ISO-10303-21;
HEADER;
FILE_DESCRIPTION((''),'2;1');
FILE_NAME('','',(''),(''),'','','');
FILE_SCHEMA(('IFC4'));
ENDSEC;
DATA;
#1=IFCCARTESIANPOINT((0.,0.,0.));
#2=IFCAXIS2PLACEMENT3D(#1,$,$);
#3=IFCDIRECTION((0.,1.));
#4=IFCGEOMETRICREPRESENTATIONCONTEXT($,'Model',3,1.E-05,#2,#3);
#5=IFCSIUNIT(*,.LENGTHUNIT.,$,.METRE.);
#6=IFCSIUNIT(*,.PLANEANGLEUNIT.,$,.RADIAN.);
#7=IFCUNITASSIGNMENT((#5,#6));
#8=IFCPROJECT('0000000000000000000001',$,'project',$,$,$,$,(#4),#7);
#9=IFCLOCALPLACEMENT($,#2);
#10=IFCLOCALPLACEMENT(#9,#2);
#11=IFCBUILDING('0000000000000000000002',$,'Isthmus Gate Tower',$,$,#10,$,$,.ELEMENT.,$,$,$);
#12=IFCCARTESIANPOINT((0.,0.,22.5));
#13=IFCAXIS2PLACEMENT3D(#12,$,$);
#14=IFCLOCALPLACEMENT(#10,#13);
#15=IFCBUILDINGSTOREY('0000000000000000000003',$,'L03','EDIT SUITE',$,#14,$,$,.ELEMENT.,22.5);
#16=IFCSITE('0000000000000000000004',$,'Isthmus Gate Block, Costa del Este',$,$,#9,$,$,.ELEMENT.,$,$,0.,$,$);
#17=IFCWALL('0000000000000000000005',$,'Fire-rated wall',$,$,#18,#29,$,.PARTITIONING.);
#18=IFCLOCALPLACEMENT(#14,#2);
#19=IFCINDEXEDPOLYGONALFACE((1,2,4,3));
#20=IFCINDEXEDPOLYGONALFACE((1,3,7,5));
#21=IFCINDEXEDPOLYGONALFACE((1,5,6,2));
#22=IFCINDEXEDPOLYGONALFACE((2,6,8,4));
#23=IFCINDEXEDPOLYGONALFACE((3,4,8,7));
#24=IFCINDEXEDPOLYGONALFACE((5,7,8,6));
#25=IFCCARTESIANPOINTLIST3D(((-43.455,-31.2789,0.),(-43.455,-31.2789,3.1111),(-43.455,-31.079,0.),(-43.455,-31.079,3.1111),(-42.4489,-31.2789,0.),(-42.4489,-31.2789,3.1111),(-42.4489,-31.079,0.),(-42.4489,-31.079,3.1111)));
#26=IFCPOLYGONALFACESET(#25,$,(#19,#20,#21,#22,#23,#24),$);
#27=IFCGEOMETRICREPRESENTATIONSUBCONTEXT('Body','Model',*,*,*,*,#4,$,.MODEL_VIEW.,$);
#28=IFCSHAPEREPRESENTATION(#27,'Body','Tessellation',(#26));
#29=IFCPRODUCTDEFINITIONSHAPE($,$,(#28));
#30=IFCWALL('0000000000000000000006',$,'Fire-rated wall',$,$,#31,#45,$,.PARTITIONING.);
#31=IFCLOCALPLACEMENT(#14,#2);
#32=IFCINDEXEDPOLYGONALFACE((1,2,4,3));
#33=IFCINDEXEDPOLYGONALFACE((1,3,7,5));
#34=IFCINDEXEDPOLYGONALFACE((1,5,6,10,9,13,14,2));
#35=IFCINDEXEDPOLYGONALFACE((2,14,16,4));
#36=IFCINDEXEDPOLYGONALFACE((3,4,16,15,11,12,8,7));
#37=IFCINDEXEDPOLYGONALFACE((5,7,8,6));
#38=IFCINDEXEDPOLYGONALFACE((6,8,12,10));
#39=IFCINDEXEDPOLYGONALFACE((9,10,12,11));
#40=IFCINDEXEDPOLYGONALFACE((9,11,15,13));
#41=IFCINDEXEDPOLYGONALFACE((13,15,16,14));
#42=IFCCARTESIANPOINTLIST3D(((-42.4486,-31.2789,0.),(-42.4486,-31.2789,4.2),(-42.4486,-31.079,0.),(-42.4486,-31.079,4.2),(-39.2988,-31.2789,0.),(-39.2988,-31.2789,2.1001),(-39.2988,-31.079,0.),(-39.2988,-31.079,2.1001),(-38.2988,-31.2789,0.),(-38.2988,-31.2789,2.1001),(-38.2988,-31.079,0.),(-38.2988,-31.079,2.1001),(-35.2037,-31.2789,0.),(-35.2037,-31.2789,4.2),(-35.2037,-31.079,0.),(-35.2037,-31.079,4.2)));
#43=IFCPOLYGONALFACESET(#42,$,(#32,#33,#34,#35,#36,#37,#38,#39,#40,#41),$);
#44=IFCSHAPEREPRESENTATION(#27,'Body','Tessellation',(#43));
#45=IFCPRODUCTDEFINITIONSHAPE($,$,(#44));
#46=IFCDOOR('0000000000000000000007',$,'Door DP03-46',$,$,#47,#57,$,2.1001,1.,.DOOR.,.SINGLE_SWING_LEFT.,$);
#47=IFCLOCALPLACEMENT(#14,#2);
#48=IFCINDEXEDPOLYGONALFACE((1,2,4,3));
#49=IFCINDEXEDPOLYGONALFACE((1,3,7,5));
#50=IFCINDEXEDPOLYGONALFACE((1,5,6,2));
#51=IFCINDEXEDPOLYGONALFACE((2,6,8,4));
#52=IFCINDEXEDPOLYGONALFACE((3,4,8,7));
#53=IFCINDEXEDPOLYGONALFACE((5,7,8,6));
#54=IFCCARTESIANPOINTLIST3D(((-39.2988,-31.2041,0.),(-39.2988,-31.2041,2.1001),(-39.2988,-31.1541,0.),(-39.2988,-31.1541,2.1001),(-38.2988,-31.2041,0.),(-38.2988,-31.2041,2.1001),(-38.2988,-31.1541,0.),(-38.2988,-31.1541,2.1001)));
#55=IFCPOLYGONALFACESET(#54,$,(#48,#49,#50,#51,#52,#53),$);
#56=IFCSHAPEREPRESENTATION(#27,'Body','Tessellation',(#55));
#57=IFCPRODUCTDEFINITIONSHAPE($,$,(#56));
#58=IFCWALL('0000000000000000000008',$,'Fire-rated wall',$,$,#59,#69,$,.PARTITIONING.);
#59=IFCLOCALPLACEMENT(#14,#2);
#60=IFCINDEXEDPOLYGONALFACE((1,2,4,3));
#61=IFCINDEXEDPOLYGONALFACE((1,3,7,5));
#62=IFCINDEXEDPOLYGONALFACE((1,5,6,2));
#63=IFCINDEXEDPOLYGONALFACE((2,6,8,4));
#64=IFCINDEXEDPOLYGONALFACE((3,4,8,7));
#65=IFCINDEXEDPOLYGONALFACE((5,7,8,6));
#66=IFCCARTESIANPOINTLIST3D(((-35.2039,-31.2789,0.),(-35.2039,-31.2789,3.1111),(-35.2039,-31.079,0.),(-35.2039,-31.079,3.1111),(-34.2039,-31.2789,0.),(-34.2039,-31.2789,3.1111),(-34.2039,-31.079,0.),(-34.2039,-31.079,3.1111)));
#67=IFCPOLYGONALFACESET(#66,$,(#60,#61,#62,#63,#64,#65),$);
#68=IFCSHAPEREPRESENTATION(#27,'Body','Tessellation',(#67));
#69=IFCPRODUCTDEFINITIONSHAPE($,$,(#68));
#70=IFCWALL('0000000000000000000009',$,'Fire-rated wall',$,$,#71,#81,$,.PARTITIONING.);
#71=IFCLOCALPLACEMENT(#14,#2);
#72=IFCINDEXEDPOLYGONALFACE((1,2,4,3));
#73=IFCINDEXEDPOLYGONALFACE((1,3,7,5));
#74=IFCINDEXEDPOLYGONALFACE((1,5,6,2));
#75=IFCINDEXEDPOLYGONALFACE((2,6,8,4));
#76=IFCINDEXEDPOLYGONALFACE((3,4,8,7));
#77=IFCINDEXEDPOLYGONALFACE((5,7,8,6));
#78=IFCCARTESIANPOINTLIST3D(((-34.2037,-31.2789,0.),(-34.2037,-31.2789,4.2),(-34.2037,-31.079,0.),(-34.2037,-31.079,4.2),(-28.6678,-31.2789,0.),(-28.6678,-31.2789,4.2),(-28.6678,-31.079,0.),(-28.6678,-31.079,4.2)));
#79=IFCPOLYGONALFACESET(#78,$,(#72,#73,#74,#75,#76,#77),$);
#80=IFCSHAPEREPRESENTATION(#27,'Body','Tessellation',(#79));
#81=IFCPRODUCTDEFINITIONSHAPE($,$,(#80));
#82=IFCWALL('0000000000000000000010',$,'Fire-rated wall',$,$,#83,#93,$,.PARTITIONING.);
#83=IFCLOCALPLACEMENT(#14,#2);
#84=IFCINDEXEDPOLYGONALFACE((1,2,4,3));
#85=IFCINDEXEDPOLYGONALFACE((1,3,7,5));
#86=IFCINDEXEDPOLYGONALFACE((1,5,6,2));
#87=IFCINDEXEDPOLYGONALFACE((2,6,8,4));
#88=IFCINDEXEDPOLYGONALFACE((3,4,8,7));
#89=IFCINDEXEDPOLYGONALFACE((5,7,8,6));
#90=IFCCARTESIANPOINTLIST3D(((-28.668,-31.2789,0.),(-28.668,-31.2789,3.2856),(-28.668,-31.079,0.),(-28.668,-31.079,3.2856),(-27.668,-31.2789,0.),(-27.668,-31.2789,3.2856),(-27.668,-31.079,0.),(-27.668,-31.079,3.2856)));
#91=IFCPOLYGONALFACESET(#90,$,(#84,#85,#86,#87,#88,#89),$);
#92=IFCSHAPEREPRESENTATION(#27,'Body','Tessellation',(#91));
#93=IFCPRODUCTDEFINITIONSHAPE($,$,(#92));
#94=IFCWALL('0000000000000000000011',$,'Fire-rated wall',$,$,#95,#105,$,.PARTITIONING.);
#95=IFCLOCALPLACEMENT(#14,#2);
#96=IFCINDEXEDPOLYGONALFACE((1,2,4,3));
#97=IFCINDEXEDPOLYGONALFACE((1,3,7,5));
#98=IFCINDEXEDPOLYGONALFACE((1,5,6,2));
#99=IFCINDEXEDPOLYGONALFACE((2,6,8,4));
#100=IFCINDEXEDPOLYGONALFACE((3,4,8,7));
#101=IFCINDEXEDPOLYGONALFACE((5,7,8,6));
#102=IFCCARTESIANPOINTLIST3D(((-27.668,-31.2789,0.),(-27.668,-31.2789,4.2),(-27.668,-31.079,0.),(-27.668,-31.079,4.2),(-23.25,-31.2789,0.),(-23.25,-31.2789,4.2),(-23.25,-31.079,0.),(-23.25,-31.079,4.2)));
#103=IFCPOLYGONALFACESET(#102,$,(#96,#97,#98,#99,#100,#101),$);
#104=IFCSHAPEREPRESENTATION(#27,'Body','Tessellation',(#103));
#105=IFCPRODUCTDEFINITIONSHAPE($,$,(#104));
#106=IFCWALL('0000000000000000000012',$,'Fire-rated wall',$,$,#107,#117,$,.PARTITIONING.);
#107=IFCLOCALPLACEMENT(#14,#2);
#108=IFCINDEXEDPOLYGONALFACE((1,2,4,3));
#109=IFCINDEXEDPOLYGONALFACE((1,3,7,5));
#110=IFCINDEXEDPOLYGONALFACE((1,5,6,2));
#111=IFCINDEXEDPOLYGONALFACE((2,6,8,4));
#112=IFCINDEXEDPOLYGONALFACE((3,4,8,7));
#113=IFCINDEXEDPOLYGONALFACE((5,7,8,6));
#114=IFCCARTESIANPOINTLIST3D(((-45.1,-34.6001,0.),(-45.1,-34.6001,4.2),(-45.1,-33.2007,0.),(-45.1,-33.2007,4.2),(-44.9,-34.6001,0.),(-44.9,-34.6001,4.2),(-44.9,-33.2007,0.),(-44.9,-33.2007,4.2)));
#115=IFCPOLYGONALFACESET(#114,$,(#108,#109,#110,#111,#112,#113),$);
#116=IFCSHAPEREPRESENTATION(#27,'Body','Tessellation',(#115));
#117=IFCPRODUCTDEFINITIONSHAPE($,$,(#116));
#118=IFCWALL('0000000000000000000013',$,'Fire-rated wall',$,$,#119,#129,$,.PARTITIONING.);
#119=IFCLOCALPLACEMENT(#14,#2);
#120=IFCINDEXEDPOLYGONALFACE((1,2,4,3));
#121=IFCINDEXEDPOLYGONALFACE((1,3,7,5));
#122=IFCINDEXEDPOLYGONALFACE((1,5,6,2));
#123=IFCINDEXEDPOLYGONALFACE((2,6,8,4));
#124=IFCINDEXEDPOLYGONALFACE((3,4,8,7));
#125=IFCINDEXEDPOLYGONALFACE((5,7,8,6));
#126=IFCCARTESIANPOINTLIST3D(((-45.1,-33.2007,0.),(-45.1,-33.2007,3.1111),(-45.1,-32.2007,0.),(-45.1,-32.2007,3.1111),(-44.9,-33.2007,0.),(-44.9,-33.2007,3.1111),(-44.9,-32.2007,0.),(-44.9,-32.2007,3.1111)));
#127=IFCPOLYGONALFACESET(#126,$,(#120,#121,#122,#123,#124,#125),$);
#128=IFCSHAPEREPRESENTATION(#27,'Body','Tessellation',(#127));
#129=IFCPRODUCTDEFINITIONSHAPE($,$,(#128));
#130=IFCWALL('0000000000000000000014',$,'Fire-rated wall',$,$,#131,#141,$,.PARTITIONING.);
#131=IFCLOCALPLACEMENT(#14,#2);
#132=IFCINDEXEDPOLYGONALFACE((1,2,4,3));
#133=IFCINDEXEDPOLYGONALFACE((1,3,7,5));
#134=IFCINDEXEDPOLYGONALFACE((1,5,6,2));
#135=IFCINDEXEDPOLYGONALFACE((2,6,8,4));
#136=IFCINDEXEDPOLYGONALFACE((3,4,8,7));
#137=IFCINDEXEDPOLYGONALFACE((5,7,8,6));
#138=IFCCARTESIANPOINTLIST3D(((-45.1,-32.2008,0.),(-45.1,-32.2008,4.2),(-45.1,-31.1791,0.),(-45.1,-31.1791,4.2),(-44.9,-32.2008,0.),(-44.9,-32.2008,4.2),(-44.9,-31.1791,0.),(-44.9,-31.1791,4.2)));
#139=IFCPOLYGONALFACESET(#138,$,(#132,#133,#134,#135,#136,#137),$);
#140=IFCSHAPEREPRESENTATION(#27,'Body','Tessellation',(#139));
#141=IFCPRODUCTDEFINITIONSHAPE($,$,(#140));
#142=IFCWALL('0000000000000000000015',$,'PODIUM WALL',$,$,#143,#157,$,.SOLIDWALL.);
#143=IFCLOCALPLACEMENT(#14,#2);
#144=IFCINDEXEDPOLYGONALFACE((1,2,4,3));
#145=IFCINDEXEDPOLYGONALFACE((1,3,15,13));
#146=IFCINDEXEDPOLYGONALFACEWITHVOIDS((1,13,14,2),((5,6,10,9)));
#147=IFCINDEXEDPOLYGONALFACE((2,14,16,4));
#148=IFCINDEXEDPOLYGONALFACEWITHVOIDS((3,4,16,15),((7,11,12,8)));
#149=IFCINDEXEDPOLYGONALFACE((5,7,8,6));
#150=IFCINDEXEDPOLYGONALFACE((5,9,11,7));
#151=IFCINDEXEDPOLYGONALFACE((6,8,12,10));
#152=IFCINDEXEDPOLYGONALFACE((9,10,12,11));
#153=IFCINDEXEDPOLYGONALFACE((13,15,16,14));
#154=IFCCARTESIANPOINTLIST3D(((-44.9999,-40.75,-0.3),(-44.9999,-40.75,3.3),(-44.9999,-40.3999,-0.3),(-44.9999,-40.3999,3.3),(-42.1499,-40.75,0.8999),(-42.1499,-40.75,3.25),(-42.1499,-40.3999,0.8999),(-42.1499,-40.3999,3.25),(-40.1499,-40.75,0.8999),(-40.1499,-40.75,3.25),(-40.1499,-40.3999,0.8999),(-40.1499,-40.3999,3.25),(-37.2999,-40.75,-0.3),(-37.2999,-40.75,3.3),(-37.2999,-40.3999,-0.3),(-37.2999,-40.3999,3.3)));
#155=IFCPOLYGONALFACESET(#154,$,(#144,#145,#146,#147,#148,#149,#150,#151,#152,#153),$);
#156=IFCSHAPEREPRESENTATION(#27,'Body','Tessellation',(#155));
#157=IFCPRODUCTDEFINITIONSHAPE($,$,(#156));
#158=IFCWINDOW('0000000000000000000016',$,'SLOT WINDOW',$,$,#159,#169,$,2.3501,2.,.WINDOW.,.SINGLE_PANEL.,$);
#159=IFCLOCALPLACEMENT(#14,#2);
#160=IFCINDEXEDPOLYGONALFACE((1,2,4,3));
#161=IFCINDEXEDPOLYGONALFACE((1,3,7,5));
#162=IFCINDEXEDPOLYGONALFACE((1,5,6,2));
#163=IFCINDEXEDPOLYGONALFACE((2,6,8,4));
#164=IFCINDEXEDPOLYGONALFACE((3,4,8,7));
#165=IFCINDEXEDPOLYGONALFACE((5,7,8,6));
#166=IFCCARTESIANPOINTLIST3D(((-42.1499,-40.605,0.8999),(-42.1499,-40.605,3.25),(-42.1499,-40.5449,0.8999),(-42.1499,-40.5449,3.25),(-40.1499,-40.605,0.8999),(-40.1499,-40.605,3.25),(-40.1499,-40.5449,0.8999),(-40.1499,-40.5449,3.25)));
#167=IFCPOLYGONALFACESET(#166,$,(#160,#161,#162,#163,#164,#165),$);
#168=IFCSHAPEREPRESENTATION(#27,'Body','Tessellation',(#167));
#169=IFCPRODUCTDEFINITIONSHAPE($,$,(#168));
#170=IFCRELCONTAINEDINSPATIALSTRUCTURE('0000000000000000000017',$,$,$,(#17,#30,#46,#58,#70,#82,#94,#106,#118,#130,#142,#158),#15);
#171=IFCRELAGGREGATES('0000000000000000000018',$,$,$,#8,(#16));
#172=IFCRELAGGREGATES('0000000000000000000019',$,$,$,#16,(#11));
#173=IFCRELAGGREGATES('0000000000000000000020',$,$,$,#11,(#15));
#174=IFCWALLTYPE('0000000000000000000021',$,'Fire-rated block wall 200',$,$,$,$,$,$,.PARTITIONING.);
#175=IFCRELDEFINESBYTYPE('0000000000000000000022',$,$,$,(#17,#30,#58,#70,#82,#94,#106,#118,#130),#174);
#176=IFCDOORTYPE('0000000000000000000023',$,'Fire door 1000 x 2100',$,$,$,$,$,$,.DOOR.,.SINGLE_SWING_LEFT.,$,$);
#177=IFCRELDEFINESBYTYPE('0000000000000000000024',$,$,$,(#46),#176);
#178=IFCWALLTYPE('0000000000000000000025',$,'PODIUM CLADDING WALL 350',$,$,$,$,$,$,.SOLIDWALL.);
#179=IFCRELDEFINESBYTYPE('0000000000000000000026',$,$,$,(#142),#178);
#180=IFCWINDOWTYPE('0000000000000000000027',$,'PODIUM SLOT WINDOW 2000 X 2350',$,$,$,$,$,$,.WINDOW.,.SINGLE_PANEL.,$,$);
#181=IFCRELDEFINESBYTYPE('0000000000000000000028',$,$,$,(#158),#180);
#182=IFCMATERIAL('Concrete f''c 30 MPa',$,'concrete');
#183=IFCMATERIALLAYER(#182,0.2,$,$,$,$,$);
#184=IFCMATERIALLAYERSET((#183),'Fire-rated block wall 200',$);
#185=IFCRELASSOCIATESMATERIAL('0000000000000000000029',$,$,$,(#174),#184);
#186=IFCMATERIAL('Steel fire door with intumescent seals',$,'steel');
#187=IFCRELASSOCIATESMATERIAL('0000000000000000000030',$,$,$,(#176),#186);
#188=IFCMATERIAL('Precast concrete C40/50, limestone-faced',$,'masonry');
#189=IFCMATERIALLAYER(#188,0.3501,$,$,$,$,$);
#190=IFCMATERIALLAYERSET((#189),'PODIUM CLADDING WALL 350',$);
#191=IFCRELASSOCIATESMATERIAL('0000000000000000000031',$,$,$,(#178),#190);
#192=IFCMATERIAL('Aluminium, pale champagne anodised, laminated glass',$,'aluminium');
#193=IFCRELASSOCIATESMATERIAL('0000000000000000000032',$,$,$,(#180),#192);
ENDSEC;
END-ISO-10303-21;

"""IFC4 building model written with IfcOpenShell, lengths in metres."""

from ifc_helpers import new_model, si_unit, direction, frame, frame_2d, origin, place, context, subcontext, project, spatial, rectangle, extrude, material, layer, layer_set, type_object, element, fill, save


model = new_model("IFC4")

# Units and contexts
model_context = context("Model", 3, precision=1e-05, world=origin(), true_north=direction((0.0, 1.0)))
body_context = subcontext(model_context, "Body", "Model", "MODEL_VIEW")
ifc_project = project(units=[si_unit("LENGTHUNIT", "METRE"), si_unit("PLANEANGLEUNIT", "RADIAN")], contexts=[model_context])

# Site, building, storey
site_placement = place(None, origin())
site = spatial("IfcSite", under=ifc_project, at=site_placement, Name="Isthmus Gate Block, Costa del Este", CompositionType="ELEMENT", RefElevation=0.0)
building_placement = place(site_placement, origin())
building = spatial("IfcBuilding", under=site, at=building_placement, Name="Isthmus Gate Tower", CompositionType="ELEMENT")
storey_placement = place(building_placement, frame((0.0, 0.0, 22.5)))
storey = spatial("IfcBuildingStorey", under=building, at=storey_placement, Name="L03", Description="EDIT SUITE", CompositionType="ELEMENT", Elevation=22.5)

# Wall
ifc_material_1 = material(Name="Concrete f'c 30 MPa", Category="concrete")
ifc_layer_1 = layer(ifc_material_1, 0.2)
ifc_layer_set_1 = layer_set([ifc_layer_1], Name="Fire-rated block wall 200")
wall_type_1 = type_object("IfcWallType", Name="Fire-rated block wall 200", PredefinedType="PARTITIONING", material=ifc_layer_set_1)
wall_1_placement = place(storey_placement, frame((-43.4548, -31.179, 0.0), z_axis=(0.0, 0.0, 1.0), x_axis=(1.0, 0.0, 0.0)))
element("IfcWall", 1, at=wall_1_placement, inside=storey, type_object=wall_type_1, Name="Fire-rated wall", PredefinedType="PARTITIONING", context=body_context, shape_type="SweptSolid", body=[
    extrude(rectangle(XDim=1.0061, YDim=0.2, at=frame_2d((0.5029, 0.0))), origin(), (0.0, 0.0, 1.0), 3.1111),
])

# Wall, opening, door
wall_2_placement = place(storey_placement, frame((-42.4487, -31.179, 0.0), z_axis=(0.0, 0.0, 1.0), x_axis=(1.0, 0.0, 0.0)))
wall_2 = element("IfcWall", 2, at=wall_2_placement, inside=storey, type_object=wall_type_1, Name="Fire-rated wall", PredefinedType="PARTITIONING", context=body_context, shape_type="SweptSolid", body=[
    extrude(rectangle(XDim=7.2449, YDim=0.2, at=frame_2d((3.6226, 0.0))), origin(), (0.0, 0.0, 1.0), 4.2),
])
opening_1_placement = place(wall_2_placement, frame((3.1499, 0.0, 0.0)))
opening_1 = element("IfcOpeningElement", 3, at=opening_1_placement, cuts=wall_2, PredefinedType="OPENING", context=body_context, shape_type="SweptSolid", body=[
    extrude(rectangle(XDim=1.0, YDim=2.1001, at=frame_2d((0.5, 1.05))), frame((0.0, 0.1099, 0.0), z_axis=(0.0, -1.0, 0.0), x_axis=(1.0, 0.0, 0.0)), (0.0, 0.0, 1.0), 0.22),
])
ifc_material_2 = material(Name="Steel fire door with intumescent seals", Category="steel")
door_type_1 = type_object("IfcDoorType", Name="Fire door 1000 x 2100", OperationType="SINGLE_SWING_LEFT", PredefinedType="DOOR", material=ifc_material_2)
door_1_placement = place(opening_1_placement, origin())
door_1 = element("IfcDoor", 4, at=door_1_placement, inside=storey, type_object=door_type_1, Name="Door DP03-46", OperationType="SINGLE_SWING_LEFT", OverallHeight=2.1001, OverallWidth=1.0, PredefinedType="DOOR", context=body_context, shape_type="SweptSolid", body=[
    extrude(rectangle(XDim=1.0, YDim=2.1001, at=frame_2d((0.5, 1.05))), frame((0.0, 0.0249, 0.0), z_axis=(0.0, -1.0, 0.0), x_axis=(1.0, 0.0, 0.0)), (0.0, 0.0, 1.0), 0.05),
])
fill(opening_1, door_1)

# Walls
wall_3_placement = place(storey_placement, frame((-35.2039, -31.179, 0.0), z_axis=(0.0, 0.0, 1.0), x_axis=(1.0, 0.0, 0.0)))
element("IfcWall", 5, at=wall_3_placement, inside=storey, type_object=wall_type_1, Name="Fire-rated wall", PredefinedType="PARTITIONING", context=body_context, shape_type="SweptSolid", body=[
    extrude(rectangle(XDim=1.0, YDim=0.2, at=frame_2d((0.5, 0.0))), origin(), (0.0, 0.0, 1.0), 3.1111),
])
wall_4_placement = place(storey_placement, frame((-34.2039, -31.179, 0.0), z_axis=(0.0, 0.0, 1.0), x_axis=(1.0, 0.0, 0.0)))
element("IfcWall", 6, at=wall_4_placement, inside=storey, type_object=wall_type_1, Name="Fire-rated wall", PredefinedType="PARTITIONING", context=body_context, shape_type="SweptSolid", body=[
    extrude(rectangle(XDim=5.5359, YDim=0.2, at=frame_2d((2.7681, 0.0))), origin(), (0.0, 0.0, 1.0), 4.2),
])
wall_5_placement = place(storey_placement, frame((-28.668, -31.179, 0.0), z_axis=(0.0, 0.0, 1.0), x_axis=(1.0, 0.0, 0.0)))
element("IfcWall", 7, at=wall_5_placement, inside=storey, type_object=wall_type_1, Name="Fire-rated wall", PredefinedType="PARTITIONING", context=body_context, shape_type="SweptSolid", body=[
    extrude(rectangle(XDim=1.0, YDim=0.2, at=frame_2d((0.5, 0.0))), origin(), (0.0, 0.0, 1.0), 3.2856),
])
wall_6_placement = place(storey_placement, frame((-27.668, -31.179, 0.0), z_axis=(0.0, 0.0, 1.0), x_axis=(1.0, 0.0, 0.0)))
element("IfcWall", 8, at=wall_6_placement, inside=storey, type_object=wall_type_1, Name="Fire-rated wall", PredefinedType="PARTITIONING", context=body_context, shape_type="SweptSolid", body=[
    extrude(rectangle(XDim=4.418, YDim=0.2, at=frame_2d((2.209, 0.0))), origin(), (0.0, 0.0, 1.0), 4.2),
])
wall_7_placement = place(storey_placement, frame((-45.0, -34.6001, 0.0), z_axis=(0.0, 0.0, 1.0), x_axis=(0.0, 1.0, 0.0)))
element("IfcWall", 9, at=wall_7_placement, inside=storey, type_object=wall_type_1, Name="Fire-rated wall", PredefinedType="PARTITIONING", context=body_context, shape_type="SweptSolid", body=[
    extrude(rectangle(XDim=1.3994, YDim=0.2, at=frame_2d((0.6997, 0.0))), origin(), (0.0, 0.0, 1.0), 4.2),
])
wall_8_placement = place(storey_placement, frame((-45.0, -33.2007, 0.0), z_axis=(0.0, 0.0, 1.0), x_axis=(0.0, 1.0, 0.0)))
element("IfcWall", 10, at=wall_8_placement, inside=storey, type_object=wall_type_1, Name="Fire-rated wall", PredefinedType="PARTITIONING", context=body_context, shape_type="SweptSolid", body=[
    extrude(rectangle(XDim=1.0, YDim=0.2, at=frame_2d((0.5, 0.0))), origin(), (0.0, 0.0, 1.0), 3.1111),
])
wall_9_placement = place(storey_placement, frame((-45.0, -32.2007, 0.0), z_axis=(0.0, 0.0, 1.0), x_axis=(0.0, 1.0, 0.0)))
element("IfcWall", 11, at=wall_9_placement, inside=storey, type_object=wall_type_1, Name="Fire-rated wall", PredefinedType="PARTITIONING", context=body_context, shape_type="SweptSolid", body=[
    extrude(rectangle(XDim=1.0217, YDim=0.2, at=frame_2d((0.5107, 0.0))), origin(), (0.0, 0.0, 1.0), 4.2),
])

# Wall, opening, window
ifc_material_3 = material(Name="Precast concrete C40/50, limestone-faced", Category="masonry")
ifc_layer_2 = layer(ifc_material_3, 0.3501)
ifc_layer_set_2 = layer_set([ifc_layer_2], Name="PODIUM CLADDING WALL 350")
wall_type_2 = type_object("IfcWallType", Name="PODIUM CLADDING WALL 350", PredefinedType="SOLIDWALL", material=ifc_layer_set_2)
wall_10_placement = place(storey_placement, frame((-45.0, -40.575, -0.3), z_axis=(0.0, 0.0, 1.0), x_axis=(1.0, 0.0, 0.0)))
wall_10 = element("IfcWall", 12, at=wall_10_placement, inside=storey, type_object=wall_type_2, Name="PODIUM WALL", PredefinedType="SOLIDWALL", context=body_context, shape_type="SweptSolid", body=[
    extrude(rectangle(XDim=7.7, YDim=0.3501, at=frame_2d((3.8501, 0.0))), origin(), (0.0, 0.0, 1.0), 3.6001),
])
opening_2_placement = place(wall_10_placement, frame((2.8501, 0.0, 1.2)))
opening_2 = element("IfcOpeningElement", 13, at=opening_2_placement, cuts=wall_10, PredefinedType="OPENING", context=body_context, shape_type="SweptSolid", body=[
    extrude(rectangle(XDim=2.0, YDim=2.3501, at=frame_2d((1.0, 1.175))), frame((0.0, 0.1851, 0.0), z_axis=(0.0, -1.0, 0.0), x_axis=(1.0, 0.0, 0.0)), (0.0, 0.0, 1.0), 0.3701),
])
ifc_material_4 = material(Name="Aluminium, pale champagne anodised, laminated glass", Category="aluminium")
window_type = type_object("IfcWindowType", Name="PODIUM SLOT WINDOW 2000 X 2350", PartitioningType="SINGLE_PANEL", PredefinedType="WINDOW", material=ifc_material_4)
window_1_placement = place(opening_2_placement, origin())
window_1 = element("IfcWindow", 14, at=window_1_placement, inside=storey, type_object=window_type, Name="SLOT WINDOW", OverallHeight=2.3501, OverallWidth=2.0, PartitioningType="SINGLE_PANEL", PredefinedType="WINDOW", context=body_context, shape_type="SweptSolid", body=[
    extrude(rectangle(XDim=2.0, YDim=2.3501, at=frame_2d((1.0, 1.175))), frame((0.0, 0.03, 0.0), z_axis=(0.0, -1.0, 0.0), x_axis=(1.0, 0.0, 0.0)), (0.0, 0.0, 1.0), 0.0601),
])
fill(opening_2, window_1)

save(model, "model.ifc")
